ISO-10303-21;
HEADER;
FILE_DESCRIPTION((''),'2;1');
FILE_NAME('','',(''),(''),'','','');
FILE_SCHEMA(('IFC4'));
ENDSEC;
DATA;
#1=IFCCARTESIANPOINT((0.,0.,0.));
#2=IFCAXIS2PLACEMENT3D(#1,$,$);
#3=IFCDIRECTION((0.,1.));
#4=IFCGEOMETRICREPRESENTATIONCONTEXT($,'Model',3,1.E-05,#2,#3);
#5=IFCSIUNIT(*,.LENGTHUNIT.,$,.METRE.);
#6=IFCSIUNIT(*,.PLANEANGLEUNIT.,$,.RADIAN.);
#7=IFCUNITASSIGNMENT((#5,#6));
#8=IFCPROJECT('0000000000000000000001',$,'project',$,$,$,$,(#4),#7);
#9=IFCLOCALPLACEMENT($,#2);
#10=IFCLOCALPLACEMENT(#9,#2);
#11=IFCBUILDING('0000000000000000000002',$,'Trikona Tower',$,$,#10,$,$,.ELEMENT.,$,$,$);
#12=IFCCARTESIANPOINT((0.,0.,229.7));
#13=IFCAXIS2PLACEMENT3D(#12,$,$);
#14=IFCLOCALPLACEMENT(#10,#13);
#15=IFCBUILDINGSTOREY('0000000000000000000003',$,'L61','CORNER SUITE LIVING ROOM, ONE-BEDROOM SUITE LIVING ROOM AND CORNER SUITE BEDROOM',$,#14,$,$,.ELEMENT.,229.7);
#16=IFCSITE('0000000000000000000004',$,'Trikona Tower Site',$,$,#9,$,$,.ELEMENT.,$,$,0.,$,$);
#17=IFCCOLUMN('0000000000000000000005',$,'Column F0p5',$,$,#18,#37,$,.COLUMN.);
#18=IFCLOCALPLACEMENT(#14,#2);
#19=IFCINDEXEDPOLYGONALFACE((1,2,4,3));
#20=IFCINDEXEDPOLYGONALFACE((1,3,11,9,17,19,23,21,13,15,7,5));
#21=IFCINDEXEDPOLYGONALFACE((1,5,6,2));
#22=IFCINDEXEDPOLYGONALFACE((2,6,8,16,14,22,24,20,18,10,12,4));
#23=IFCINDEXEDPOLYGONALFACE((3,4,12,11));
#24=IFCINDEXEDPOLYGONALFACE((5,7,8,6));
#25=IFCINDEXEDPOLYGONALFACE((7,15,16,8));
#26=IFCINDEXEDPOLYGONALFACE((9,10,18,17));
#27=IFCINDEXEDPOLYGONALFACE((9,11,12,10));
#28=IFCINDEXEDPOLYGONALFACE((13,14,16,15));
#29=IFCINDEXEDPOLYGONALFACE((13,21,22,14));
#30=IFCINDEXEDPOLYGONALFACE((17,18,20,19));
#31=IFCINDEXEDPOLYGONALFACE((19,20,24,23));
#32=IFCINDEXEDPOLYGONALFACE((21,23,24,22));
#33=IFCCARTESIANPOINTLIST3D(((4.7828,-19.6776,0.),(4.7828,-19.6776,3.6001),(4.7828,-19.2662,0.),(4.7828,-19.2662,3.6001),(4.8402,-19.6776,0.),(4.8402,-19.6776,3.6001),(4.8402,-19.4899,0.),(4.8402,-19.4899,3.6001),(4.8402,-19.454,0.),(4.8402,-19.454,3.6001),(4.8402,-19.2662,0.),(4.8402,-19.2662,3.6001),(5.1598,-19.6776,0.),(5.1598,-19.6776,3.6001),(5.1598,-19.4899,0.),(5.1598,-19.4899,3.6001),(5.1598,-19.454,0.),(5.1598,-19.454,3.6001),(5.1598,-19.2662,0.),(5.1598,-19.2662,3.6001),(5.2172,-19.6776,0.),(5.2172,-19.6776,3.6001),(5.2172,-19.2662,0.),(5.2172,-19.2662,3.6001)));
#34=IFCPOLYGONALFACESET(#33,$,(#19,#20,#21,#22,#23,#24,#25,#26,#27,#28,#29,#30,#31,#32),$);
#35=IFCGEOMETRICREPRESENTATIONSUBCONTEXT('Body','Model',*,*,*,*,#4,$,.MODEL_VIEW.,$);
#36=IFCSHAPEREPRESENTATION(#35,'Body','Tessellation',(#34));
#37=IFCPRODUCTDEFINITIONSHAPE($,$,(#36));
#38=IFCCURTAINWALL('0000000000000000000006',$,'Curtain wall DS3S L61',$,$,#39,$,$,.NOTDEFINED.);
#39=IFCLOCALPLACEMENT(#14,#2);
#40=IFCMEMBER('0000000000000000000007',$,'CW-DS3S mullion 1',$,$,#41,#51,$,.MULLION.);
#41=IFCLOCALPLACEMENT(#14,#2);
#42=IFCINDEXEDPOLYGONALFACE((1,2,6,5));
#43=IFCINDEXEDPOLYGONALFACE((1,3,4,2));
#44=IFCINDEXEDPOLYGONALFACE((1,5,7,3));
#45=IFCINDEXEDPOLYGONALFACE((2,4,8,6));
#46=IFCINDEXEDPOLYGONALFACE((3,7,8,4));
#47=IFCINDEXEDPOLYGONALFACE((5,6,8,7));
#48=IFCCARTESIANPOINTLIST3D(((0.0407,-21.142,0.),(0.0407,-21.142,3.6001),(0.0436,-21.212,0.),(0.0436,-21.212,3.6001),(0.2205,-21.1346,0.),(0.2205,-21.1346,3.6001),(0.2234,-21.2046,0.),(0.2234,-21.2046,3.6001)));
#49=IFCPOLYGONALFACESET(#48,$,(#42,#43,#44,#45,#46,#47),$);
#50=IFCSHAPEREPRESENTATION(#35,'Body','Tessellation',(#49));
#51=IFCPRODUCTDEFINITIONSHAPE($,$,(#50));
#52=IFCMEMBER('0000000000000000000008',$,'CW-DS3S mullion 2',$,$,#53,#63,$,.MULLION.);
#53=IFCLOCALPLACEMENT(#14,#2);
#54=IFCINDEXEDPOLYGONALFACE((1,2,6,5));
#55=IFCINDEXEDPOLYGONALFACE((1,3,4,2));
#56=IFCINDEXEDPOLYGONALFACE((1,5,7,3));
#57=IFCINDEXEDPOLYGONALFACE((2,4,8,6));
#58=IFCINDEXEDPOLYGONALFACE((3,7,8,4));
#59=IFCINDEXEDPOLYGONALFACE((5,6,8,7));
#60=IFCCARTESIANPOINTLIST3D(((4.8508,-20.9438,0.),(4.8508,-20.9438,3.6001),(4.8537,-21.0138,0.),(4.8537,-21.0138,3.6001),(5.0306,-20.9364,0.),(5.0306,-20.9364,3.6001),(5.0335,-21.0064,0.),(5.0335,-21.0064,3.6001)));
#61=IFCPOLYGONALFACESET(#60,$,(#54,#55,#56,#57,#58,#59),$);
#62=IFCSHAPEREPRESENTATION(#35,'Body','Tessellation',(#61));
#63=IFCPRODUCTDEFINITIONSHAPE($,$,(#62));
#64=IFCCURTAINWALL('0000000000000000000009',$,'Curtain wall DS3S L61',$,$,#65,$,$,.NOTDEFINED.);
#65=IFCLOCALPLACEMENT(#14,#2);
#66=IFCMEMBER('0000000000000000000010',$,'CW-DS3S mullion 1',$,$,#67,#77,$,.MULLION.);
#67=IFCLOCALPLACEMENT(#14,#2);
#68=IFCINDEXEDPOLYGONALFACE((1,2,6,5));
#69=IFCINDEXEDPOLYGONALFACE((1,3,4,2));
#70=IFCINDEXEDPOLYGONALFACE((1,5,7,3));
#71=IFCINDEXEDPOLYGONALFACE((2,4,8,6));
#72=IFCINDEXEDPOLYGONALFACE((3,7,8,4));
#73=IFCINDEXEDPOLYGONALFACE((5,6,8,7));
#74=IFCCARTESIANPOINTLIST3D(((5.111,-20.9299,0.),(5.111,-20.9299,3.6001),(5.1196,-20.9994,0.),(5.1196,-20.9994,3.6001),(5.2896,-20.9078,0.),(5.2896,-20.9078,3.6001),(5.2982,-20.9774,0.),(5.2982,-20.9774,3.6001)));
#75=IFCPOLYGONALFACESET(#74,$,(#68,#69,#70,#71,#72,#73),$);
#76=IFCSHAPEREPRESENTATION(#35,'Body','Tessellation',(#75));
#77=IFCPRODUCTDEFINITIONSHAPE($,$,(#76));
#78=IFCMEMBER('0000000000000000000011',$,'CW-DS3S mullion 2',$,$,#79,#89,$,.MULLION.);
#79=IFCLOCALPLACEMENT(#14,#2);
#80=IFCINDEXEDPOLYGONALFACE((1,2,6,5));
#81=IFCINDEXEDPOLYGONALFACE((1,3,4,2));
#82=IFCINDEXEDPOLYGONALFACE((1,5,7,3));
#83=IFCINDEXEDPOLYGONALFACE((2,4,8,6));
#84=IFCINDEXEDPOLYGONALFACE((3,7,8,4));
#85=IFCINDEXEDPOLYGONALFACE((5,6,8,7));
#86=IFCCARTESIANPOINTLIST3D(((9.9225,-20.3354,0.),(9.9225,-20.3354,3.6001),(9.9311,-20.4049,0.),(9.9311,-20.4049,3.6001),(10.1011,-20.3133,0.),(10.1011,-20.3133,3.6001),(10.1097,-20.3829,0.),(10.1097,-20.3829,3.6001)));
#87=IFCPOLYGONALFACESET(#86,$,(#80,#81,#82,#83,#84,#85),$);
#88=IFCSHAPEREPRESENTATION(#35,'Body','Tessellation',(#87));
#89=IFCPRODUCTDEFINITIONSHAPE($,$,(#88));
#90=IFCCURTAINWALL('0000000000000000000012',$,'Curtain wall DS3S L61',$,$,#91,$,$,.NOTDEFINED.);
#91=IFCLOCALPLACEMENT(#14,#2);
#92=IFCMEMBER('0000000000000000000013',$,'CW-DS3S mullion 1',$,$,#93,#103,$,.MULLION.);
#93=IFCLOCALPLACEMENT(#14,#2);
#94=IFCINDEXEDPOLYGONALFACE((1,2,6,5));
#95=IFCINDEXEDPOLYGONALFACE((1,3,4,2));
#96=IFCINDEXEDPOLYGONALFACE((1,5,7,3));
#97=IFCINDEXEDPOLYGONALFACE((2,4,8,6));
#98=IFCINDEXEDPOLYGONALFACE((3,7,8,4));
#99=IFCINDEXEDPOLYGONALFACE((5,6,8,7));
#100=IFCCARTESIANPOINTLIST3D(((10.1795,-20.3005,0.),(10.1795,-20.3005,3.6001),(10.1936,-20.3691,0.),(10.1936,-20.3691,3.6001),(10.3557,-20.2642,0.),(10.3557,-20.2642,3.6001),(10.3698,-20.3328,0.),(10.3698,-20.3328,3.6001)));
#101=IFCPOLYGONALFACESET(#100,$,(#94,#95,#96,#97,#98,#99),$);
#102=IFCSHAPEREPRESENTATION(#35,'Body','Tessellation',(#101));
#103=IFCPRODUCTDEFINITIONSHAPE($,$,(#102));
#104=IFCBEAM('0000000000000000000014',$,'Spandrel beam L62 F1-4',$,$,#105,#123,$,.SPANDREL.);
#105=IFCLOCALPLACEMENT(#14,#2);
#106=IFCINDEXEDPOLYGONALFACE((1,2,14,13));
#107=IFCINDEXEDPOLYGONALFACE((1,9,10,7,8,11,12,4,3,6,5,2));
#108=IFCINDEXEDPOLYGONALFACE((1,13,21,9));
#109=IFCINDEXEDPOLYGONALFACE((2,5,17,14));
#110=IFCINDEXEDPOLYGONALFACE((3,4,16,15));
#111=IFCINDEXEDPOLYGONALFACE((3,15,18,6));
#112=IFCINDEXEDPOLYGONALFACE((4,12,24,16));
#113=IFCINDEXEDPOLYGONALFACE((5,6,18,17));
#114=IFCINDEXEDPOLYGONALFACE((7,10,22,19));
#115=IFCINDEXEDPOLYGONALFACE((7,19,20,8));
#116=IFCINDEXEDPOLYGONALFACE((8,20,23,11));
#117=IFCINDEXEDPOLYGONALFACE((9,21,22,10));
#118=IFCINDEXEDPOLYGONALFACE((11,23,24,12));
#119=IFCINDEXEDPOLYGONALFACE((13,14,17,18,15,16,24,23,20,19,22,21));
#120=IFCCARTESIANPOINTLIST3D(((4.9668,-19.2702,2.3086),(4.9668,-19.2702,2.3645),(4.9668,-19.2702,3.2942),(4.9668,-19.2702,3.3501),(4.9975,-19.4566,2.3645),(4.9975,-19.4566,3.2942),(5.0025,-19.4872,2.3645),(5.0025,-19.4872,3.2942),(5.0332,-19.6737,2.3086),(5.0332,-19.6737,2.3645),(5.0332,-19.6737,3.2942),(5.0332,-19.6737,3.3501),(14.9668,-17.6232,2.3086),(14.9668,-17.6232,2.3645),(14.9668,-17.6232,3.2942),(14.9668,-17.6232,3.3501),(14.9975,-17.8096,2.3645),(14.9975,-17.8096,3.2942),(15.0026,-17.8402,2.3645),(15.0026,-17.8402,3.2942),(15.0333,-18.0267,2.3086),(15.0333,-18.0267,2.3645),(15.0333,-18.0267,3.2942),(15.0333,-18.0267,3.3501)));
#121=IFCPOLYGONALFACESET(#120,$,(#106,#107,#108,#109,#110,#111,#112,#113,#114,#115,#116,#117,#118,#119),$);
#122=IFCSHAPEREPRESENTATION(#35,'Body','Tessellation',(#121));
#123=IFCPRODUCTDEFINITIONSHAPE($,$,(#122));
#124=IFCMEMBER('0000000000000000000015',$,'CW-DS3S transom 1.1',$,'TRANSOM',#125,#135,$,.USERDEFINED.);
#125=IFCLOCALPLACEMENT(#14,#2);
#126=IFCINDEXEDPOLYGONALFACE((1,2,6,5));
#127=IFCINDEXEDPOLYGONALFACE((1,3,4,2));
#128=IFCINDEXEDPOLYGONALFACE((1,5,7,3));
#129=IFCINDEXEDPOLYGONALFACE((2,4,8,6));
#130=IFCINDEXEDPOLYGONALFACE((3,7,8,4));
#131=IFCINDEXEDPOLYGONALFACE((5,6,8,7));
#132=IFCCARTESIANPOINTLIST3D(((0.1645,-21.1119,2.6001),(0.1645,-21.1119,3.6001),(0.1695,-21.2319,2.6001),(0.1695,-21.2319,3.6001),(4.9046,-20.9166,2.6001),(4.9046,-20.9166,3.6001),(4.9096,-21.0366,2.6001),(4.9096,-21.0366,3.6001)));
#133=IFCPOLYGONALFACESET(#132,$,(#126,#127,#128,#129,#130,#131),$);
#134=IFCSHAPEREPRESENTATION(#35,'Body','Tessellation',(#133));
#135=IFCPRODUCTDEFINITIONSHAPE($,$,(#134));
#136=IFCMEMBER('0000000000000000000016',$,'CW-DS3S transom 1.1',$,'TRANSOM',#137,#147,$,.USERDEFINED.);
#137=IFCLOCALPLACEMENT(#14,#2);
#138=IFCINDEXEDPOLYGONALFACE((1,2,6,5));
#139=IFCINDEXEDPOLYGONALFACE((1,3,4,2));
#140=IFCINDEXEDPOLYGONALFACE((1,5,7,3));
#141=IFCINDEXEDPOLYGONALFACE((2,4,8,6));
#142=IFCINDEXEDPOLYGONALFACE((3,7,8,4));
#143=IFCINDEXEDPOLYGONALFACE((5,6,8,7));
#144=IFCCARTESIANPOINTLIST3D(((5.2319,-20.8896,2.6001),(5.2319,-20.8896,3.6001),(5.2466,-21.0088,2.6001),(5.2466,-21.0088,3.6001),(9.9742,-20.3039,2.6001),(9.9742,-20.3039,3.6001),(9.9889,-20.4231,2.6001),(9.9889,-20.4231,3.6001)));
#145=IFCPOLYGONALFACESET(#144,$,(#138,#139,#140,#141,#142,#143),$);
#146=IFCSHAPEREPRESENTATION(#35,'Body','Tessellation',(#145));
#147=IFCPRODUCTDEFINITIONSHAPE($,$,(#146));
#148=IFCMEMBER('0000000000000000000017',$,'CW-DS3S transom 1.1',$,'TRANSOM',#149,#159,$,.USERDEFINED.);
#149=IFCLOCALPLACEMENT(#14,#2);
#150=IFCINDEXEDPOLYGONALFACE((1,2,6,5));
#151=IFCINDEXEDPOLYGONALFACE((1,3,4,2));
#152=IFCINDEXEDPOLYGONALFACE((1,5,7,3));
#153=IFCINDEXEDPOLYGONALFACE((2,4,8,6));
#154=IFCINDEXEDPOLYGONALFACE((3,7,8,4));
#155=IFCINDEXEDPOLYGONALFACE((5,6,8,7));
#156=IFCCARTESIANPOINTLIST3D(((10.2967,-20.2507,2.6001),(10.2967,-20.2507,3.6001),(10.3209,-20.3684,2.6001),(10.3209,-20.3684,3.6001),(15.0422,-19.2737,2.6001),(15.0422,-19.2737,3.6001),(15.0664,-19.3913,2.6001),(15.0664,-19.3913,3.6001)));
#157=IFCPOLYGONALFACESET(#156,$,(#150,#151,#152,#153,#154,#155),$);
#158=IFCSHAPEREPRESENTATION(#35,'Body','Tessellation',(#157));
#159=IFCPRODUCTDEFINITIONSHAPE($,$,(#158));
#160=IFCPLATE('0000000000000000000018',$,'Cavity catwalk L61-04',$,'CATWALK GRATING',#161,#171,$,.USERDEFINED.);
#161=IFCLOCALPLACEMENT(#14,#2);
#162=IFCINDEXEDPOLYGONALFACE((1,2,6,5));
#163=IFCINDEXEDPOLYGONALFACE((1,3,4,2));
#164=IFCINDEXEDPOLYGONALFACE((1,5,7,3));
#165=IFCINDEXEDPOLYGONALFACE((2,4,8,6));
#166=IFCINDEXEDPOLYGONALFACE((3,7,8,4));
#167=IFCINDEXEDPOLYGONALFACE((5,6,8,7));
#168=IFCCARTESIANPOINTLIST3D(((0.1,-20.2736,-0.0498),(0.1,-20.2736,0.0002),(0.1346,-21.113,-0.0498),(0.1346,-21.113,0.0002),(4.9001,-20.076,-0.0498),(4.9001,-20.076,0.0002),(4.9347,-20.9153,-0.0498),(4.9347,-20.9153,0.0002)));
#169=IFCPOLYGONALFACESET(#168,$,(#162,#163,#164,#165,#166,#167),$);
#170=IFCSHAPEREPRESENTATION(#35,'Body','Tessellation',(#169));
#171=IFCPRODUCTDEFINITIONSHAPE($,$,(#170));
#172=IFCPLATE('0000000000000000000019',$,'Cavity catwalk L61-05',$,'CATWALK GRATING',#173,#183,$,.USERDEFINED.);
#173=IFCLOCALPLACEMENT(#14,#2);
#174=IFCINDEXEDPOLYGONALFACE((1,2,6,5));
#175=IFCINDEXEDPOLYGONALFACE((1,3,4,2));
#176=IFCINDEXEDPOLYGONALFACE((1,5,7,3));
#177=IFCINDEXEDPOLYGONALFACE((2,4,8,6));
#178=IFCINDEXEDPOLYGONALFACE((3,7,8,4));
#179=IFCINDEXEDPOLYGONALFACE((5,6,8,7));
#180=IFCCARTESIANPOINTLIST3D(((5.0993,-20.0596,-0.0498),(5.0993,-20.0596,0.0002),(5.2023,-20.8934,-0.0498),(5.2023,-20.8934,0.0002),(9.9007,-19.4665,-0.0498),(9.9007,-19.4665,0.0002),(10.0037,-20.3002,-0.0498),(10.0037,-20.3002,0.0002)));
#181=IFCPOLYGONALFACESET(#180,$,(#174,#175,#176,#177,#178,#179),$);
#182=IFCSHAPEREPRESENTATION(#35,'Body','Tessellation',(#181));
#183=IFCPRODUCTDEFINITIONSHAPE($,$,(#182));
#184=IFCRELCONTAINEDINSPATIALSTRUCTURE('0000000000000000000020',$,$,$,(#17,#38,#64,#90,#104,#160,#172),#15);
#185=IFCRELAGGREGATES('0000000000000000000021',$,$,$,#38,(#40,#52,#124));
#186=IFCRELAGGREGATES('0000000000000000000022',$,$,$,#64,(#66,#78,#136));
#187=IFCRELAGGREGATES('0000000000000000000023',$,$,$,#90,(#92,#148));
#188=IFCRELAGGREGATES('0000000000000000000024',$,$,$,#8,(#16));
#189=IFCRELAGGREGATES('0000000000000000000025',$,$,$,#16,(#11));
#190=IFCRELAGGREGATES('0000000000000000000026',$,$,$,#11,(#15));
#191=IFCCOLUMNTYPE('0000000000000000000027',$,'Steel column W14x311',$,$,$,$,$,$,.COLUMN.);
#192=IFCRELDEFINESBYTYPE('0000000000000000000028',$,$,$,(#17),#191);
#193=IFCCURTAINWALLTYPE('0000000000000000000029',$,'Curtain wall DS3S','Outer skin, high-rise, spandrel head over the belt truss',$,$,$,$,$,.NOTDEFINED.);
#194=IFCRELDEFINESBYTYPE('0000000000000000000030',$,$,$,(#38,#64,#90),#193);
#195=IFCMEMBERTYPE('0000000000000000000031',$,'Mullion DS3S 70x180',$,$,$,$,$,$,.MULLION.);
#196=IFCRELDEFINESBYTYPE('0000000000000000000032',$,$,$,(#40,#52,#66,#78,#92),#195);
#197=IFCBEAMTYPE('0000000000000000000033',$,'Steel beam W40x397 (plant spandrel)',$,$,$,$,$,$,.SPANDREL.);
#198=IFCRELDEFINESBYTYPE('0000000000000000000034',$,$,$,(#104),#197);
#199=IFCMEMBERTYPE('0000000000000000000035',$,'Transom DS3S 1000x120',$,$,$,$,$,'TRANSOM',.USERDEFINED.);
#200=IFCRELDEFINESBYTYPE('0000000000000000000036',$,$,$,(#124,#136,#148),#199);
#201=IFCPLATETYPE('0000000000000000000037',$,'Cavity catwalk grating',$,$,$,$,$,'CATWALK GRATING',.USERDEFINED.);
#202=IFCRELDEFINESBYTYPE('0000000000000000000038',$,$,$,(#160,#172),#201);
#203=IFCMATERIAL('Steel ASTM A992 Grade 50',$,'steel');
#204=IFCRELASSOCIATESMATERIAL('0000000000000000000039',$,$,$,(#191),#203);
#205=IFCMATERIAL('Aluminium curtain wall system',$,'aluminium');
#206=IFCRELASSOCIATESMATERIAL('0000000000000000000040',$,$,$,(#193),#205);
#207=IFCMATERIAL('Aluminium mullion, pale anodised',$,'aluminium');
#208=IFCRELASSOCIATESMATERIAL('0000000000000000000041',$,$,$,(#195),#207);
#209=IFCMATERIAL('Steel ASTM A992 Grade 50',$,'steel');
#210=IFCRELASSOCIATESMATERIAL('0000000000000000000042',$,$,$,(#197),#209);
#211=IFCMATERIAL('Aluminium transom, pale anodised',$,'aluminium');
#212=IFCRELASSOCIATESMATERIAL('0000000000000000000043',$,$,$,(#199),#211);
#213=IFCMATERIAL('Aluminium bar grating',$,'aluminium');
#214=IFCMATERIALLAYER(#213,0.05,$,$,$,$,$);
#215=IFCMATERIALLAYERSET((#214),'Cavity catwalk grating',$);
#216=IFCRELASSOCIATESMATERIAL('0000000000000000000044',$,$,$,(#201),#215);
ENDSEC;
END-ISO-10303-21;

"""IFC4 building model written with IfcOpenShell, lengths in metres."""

from ifc_helpers import new_model, si_unit, direction, frame, origin, origin_2d, place, context, subcontext, project, spatial, rectangle, i_section, extrude, material, layer, layer_set, material_profile, profile_set, type_object, element, aggregate, save


model = new_model("IFC4")

# Units and contexts
model_context = context("Model", 3, precision=1e-05, world=origin(), true_north=direction((0.0, 1.0)))
body_context = subcontext(model_context, "Body", "Model", "MODEL_VIEW")
ifc_project = project(units=[si_unit("LENGTHUNIT", "METRE"), si_unit("PLANEANGLEUNIT", "RADIAN")], contexts=[model_context])

# Site, building, storey
site_placement = place(None, origin())
site = spatial("IfcSite", under=ifc_project, at=site_placement, Name="Trikona Tower Site", CompositionType="ELEMENT", RefElevation=0.0)
building_placement = place(site_placement, origin())
building = spatial("IfcBuilding", under=site, at=building_placement, Name="Trikona Tower", CompositionType="ELEMENT")
storey_placement = place(building_placement, frame((0.0, 0.0, 229.7)))
storey = spatial("IfcBuildingStorey", under=building, at=storey_placement, Name="L61", Description="CORNER SUITE LIVING ROOM, ONE-BEDROOM SUITE LIVING ROOM AND CORNER SUITE BEDROOM", CompositionType="ELEMENT", Elevation=229.7)

# Column
ifc_material_1 = material(Name="Steel ASTM A992 Grade 50", Category="steel")
ifc_material_profile_1 = material_profile(ifc_material_1, i_section(OverallWidth=0.4114, OverallDepth=0.4343, WebThickness=0.0359, FlangeThickness=0.0574, at=origin_2d()), Name="W14X311")
ifc_profile_set_1 = profile_set([ifc_material_profile_1], Name="Steel ASTM A992 Grade 50")
column_type = type_object("IfcColumnType", Name="Steel column W14x311", PredefinedType="COLUMN", material=ifc_profile_set_1)
column_placement = place(storey_placement, frame((5.0, -19.4719, 0.0), z_axis=(0.0, 0.0, 1.0), x_axis=(0.0, -1.0, 0.0)))
element("IfcColumn", 1, at=column_placement, inside=storey, type_object=column_type, Name="Column F0p5", PredefinedType="COLUMN", context=body_context, shape_type="SweptSolid", body=[
    extrude(i_section(OverallWidth=0.4114, OverallDepth=0.4343, WebThickness=0.0359, FlangeThickness=0.0574, at=origin_2d()), origin(), (0.0, 0.0, 1.0), 3.6001),
])

# Curtain walls, members
ifc_material_2 = material(Name="Aluminium curtain wall system", Category="aluminium")
curtain_wall_type = type_object("IfcCurtainWallType", Name="Curtain wall DS3S", Description="Outer skin, high-rise, spandrel head over the belt truss", PredefinedType="NOTDEFINED", material=ifc_material_2)
curtain_wall_1_placement = place(storey_placement, origin())
curtain_wall_1 = element("IfcCurtainWall", 2, at=curtain_wall_1_placement, inside=storey, type_object=curtain_wall_type, Name="Curtain wall DS3S L61", PredefinedType="NOTDEFINED")
ifc_material_3 = material(Name="Aluminium mullion, pale anodised", Category="aluminium")
ifc_material_profile_2 = material_profile(ifc_material_3, rectangle(XDim=0.0701, YDim=0.1799, at=origin_2d()), Name="MUL-DS3S")
ifc_profile_set_2 = profile_set([ifc_material_profile_2], Name="Aluminium mullion, pale anodised")
member_type_1 = type_object("IfcMemberType", Name="Mullion DS3S 70x180", PredefinedType="MULLION", material=ifc_profile_set_2)
member_1_placement = place(storey_placement, frame((0.1321, -21.1733, 0.0), z_axis=(0.0, 0.0, 1.0), x_axis=(-0.041153, 0.999153, 0.0)))
member_1 = element("IfcMember", 3, at=member_1_placement, type_object=member_type_1, Name="CW-DS3S mullion 1", PredefinedType="MULLION", context=body_context, shape_type="SweptSolid", body=[
    extrude(rectangle(XDim=0.0701, YDim=0.1799, at=origin_2d()), origin(), (0.0, 0.0, 1.0), 3.6001),
])
member_2_placement = place(storey_placement, frame((4.9421, -20.9751, 0.0), z_axis=(0.0, 0.0, 1.0), x_axis=(-0.041153, 0.999153, 0.0)))
member_2 = element("IfcMember", 4, at=member_2_placement, type_object=member_type_1, Name="CW-DS3S mullion 2", PredefinedType="MULLION", context=body_context, shape_type="SweptSolid", body=[
    extrude(rectangle(XDim=0.0701, YDim=0.1799, at=origin_2d()), origin(), (0.0, 0.0, 1.0), 3.6001),
])
curtain_wall_2_placement = place(storey_placement, origin())
curtain_wall_2 = element("IfcCurtainWall", 5, at=curtain_wall_2_placement, inside=storey, type_object=curtain_wall_type, Name="Curtain wall DS3S L61", PredefinedType="NOTDEFINED")
member_3_placement = place(storey_placement, frame((5.2046, -20.9536, 0.0), z_axis=(0.0, 0.0, 1.0), x_axis=(-0.122611, 0.992455, 0.0)))
member_3 = element("IfcMember", 6, at=member_3_placement, type_object=member_type_1, Name="CW-DS3S mullion 1", PredefinedType="MULLION", context=body_context, shape_type="SweptSolid", body=[
    extrude(rectangle(XDim=0.0701, YDim=0.1799, at=origin_2d()), origin(), (0.0, 0.0, 1.0), 3.6001),
])
member_4_placement = place(storey_placement, frame((10.0161, -20.3591, 0.0), z_axis=(0.0, 0.0, 1.0), x_axis=(-0.122611, 0.992455, 0.0)))
member_4 = element("IfcMember", 7, at=member_4_placement, type_object=member_type_1, Name="CW-DS3S mullion 2", PredefinedType="MULLION", context=body_context, shape_type="SweptSolid", body=[
    extrude(rectangle(XDim=0.0701, YDim=0.1799, at=origin_2d()), origin(), (0.0, 0.0, 1.0), 3.6001),
])

# Curtain wall, member
curtain_wall_3_placement = place(storey_placement, origin())
curtain_wall_3 = element("IfcCurtainWall", 8, at=curtain_wall_3_placement, inside=storey, type_object=curtain_wall_type, Name="Curtain wall DS3S L61", PredefinedType="NOTDEFINED")
member_5_placement = place(storey_placement, frame((10.2747, -20.3167, 0.0), z_axis=(0.0, 0.0, 1.0), x_axis=(-0.201653, 0.979457, 0.0)))
member_5 = element("IfcMember", 9, at=member_5_placement, type_object=member_type_1, Name="CW-DS3S mullion 1", PredefinedType="MULLION", context=body_context, shape_type="SweptSolid", body=[
    extrude(rectangle(XDim=0.0701, YDim=0.1799, at=origin_2d()), origin(), (0.0, 0.0, 1.0), 3.6001),
])

# Beam
ifc_material_4 = material(Name="Steel ASTM A992 Grade 50", Category="steel")
ifc_material_profile_3 = material_profile(ifc_material_4, i_section(OverallWidth=0.4089, OverallDepth=1.0415, WebThickness=0.031, FlangeThickness=0.0559, at=origin_2d()), Name="W40X397")
ifc_profile_set_3 = profile_set([ifc_material_profile_3], Name="Steel ASTM A992 Grade 50")
beam_type = type_object("IfcBeamType", Name="Steel beam W40x397 (plant spandrel)", PredefinedType="SPANDREL", material=ifc_profile_set_3)
beam_placement = place(storey_placement, frame((5.0, -19.4719, 2.8293), z_axis=(0.986707, 0.162508, 0.0), x_axis=(-0.162508, 0.986707, 0.0)))
element("IfcBeam", 10, at=beam_placement, inside=storey, type_object=beam_type, Name="Spandrel beam L62 F1-4", PredefinedType="SPANDREL", context=body_context, shape_type="SweptSolid", body=[
    extrude(i_section(OverallWidth=0.4089, OverallDepth=1.0415, WebThickness=0.031, FlangeThickness=0.0559, at=origin_2d()), origin(), (0.0, 0.0, 1.0), 10.1348),
])

# Members
ifc_material_5 = material(Name="Aluminium transom, pale anodised", Category="aluminium")
ifc_material_profile_4 = material_profile(ifc_material_5, rectangle(XDim=0.1201, YDim=1.0, at=origin_2d()), Name="TRN-DS3S")
ifc_profile_set_4 = profile_set([ifc_material_profile_4], Name="Aluminium transom, pale anodised")
member_type_2 = type_object("IfcMemberType", Name="Transom DS3S 1000x120", ElementType="TRANSOM", PredefinedType="USERDEFINED", material=ifc_profile_set_4)
member_6_placement = place(storey_placement, frame((0.167, -21.1719, 3.1001), z_axis=(0.999152, 0.041168, 0.0), x_axis=(-0.041168, 0.999152, 0.0)))
member_6 = element("IfcMember", 11, at=member_6_placement, type_object=member_type_2, Name="CW-DS3S transom 1.1", ObjectType="TRANSOM", PredefinedType="USERDEFINED", context=body_context, shape_type="SweptSolid", body=[
    extrude(rectangle(XDim=0.1201, YDim=1.0, at=origin_2d()), origin(), (0.0, 0.0, 1.0), 4.7441),
])
member_7_placement = place(storey_placement, frame((5.2393, -20.9492, 3.1001), z_axis=(0.992459, 0.122576, 0.0), x_axis=(-0.122576, 0.992459, 0.0)))
member_7 = element("IfcMember", 12, at=member_7_placement, type_object=member_type_2, Name="CW-DS3S transom 1.1", ObjectType="TRANSOM", PredefinedType="USERDEFINED", context=body_context, shape_type="SweptSolid", body=[
    extrude(rectangle(XDim=0.1201, YDim=1.0, at=origin_2d()), origin(), (0.0, 0.0, 1.0), 4.7783),
])
member_8_placement = place(storey_placement, frame((10.3088, -20.3096, 3.1001), z_axis=(0.979454, 0.201666, 0.0), x_axis=(-0.201666, 0.979454, 0.0)))
member_8 = element("IfcMember", 13, at=member_8_placement, type_object=member_type_2, Name="CW-DS3S transom 1.1", ObjectType="TRANSOM", PredefinedType="USERDEFINED", context=body_context, shape_type="SweptSolid", body=[
    extrude(rectangle(XDim=0.1201, YDim=1.0, at=origin_2d()), origin(), (0.0, 0.0, 1.0), 4.845),
])

# Plates
ifc_material_6 = material(Name="Aluminium bar grating", Category="aluminium")
ifc_layer_1 = layer(ifc_material_6, 0.05)
ifc_layer_set_1 = layer_set([ifc_layer_1], Name="Cavity catwalk grating")
plate_type_1 = type_object("IfcPlateType", Name="Cavity catwalk grating", ElementType="CATWALK GRATING", PredefinedType="USERDEFINED", material=ifc_layer_set_1)
plate_1_placement = place(storey_placement, frame((2.5173, -20.5945, -0.0498), z_axis=(0.0, 0.0, 1.0), x_axis=(0.999153, 0.041145, 0.0)))
element("IfcPlate", 14, at=plate_1_placement, inside=storey, type_object=plate_type_1, Name="Cavity catwalk L61-04", ObjectType="CATWALK GRATING", PredefinedType="USERDEFINED", context=body_context, shape_type="SweptSolid", body=[
    extrude(rectangle(XDim=4.8042, YDim=0.8401, at=origin_2d()), origin(), (0.0, 0.0, 1.0), 0.05),
])
plate_2_placement = place(storey_placement, frame((7.5515, -20.1799, -0.0498), z_axis=(0.0, 0.0, 1.0), x_axis=(0.992455, 0.122607, 0.0)))
element("IfcPlate", 15, at=plate_2_placement, inside=storey, type_object=plate_type_1, Name="Cavity catwalk L61-05", ObjectType="CATWALK GRATING", PredefinedType="USERDEFINED", context=body_context, shape_type="SweptSolid", body=[
    extrude(rectangle(XDim=4.8379, YDim=0.8401, at=origin_2d()), origin(), (0.0, 0.0, 1.0), 0.05),
])

aggregate(curtain_wall_1, [member_1, member_2, member_6])
aggregate(curtain_wall_2, [member_3, member_4, member_7])
aggregate(curtain_wall_3, [member_5, member_8])

save(model, "model.ifc")
